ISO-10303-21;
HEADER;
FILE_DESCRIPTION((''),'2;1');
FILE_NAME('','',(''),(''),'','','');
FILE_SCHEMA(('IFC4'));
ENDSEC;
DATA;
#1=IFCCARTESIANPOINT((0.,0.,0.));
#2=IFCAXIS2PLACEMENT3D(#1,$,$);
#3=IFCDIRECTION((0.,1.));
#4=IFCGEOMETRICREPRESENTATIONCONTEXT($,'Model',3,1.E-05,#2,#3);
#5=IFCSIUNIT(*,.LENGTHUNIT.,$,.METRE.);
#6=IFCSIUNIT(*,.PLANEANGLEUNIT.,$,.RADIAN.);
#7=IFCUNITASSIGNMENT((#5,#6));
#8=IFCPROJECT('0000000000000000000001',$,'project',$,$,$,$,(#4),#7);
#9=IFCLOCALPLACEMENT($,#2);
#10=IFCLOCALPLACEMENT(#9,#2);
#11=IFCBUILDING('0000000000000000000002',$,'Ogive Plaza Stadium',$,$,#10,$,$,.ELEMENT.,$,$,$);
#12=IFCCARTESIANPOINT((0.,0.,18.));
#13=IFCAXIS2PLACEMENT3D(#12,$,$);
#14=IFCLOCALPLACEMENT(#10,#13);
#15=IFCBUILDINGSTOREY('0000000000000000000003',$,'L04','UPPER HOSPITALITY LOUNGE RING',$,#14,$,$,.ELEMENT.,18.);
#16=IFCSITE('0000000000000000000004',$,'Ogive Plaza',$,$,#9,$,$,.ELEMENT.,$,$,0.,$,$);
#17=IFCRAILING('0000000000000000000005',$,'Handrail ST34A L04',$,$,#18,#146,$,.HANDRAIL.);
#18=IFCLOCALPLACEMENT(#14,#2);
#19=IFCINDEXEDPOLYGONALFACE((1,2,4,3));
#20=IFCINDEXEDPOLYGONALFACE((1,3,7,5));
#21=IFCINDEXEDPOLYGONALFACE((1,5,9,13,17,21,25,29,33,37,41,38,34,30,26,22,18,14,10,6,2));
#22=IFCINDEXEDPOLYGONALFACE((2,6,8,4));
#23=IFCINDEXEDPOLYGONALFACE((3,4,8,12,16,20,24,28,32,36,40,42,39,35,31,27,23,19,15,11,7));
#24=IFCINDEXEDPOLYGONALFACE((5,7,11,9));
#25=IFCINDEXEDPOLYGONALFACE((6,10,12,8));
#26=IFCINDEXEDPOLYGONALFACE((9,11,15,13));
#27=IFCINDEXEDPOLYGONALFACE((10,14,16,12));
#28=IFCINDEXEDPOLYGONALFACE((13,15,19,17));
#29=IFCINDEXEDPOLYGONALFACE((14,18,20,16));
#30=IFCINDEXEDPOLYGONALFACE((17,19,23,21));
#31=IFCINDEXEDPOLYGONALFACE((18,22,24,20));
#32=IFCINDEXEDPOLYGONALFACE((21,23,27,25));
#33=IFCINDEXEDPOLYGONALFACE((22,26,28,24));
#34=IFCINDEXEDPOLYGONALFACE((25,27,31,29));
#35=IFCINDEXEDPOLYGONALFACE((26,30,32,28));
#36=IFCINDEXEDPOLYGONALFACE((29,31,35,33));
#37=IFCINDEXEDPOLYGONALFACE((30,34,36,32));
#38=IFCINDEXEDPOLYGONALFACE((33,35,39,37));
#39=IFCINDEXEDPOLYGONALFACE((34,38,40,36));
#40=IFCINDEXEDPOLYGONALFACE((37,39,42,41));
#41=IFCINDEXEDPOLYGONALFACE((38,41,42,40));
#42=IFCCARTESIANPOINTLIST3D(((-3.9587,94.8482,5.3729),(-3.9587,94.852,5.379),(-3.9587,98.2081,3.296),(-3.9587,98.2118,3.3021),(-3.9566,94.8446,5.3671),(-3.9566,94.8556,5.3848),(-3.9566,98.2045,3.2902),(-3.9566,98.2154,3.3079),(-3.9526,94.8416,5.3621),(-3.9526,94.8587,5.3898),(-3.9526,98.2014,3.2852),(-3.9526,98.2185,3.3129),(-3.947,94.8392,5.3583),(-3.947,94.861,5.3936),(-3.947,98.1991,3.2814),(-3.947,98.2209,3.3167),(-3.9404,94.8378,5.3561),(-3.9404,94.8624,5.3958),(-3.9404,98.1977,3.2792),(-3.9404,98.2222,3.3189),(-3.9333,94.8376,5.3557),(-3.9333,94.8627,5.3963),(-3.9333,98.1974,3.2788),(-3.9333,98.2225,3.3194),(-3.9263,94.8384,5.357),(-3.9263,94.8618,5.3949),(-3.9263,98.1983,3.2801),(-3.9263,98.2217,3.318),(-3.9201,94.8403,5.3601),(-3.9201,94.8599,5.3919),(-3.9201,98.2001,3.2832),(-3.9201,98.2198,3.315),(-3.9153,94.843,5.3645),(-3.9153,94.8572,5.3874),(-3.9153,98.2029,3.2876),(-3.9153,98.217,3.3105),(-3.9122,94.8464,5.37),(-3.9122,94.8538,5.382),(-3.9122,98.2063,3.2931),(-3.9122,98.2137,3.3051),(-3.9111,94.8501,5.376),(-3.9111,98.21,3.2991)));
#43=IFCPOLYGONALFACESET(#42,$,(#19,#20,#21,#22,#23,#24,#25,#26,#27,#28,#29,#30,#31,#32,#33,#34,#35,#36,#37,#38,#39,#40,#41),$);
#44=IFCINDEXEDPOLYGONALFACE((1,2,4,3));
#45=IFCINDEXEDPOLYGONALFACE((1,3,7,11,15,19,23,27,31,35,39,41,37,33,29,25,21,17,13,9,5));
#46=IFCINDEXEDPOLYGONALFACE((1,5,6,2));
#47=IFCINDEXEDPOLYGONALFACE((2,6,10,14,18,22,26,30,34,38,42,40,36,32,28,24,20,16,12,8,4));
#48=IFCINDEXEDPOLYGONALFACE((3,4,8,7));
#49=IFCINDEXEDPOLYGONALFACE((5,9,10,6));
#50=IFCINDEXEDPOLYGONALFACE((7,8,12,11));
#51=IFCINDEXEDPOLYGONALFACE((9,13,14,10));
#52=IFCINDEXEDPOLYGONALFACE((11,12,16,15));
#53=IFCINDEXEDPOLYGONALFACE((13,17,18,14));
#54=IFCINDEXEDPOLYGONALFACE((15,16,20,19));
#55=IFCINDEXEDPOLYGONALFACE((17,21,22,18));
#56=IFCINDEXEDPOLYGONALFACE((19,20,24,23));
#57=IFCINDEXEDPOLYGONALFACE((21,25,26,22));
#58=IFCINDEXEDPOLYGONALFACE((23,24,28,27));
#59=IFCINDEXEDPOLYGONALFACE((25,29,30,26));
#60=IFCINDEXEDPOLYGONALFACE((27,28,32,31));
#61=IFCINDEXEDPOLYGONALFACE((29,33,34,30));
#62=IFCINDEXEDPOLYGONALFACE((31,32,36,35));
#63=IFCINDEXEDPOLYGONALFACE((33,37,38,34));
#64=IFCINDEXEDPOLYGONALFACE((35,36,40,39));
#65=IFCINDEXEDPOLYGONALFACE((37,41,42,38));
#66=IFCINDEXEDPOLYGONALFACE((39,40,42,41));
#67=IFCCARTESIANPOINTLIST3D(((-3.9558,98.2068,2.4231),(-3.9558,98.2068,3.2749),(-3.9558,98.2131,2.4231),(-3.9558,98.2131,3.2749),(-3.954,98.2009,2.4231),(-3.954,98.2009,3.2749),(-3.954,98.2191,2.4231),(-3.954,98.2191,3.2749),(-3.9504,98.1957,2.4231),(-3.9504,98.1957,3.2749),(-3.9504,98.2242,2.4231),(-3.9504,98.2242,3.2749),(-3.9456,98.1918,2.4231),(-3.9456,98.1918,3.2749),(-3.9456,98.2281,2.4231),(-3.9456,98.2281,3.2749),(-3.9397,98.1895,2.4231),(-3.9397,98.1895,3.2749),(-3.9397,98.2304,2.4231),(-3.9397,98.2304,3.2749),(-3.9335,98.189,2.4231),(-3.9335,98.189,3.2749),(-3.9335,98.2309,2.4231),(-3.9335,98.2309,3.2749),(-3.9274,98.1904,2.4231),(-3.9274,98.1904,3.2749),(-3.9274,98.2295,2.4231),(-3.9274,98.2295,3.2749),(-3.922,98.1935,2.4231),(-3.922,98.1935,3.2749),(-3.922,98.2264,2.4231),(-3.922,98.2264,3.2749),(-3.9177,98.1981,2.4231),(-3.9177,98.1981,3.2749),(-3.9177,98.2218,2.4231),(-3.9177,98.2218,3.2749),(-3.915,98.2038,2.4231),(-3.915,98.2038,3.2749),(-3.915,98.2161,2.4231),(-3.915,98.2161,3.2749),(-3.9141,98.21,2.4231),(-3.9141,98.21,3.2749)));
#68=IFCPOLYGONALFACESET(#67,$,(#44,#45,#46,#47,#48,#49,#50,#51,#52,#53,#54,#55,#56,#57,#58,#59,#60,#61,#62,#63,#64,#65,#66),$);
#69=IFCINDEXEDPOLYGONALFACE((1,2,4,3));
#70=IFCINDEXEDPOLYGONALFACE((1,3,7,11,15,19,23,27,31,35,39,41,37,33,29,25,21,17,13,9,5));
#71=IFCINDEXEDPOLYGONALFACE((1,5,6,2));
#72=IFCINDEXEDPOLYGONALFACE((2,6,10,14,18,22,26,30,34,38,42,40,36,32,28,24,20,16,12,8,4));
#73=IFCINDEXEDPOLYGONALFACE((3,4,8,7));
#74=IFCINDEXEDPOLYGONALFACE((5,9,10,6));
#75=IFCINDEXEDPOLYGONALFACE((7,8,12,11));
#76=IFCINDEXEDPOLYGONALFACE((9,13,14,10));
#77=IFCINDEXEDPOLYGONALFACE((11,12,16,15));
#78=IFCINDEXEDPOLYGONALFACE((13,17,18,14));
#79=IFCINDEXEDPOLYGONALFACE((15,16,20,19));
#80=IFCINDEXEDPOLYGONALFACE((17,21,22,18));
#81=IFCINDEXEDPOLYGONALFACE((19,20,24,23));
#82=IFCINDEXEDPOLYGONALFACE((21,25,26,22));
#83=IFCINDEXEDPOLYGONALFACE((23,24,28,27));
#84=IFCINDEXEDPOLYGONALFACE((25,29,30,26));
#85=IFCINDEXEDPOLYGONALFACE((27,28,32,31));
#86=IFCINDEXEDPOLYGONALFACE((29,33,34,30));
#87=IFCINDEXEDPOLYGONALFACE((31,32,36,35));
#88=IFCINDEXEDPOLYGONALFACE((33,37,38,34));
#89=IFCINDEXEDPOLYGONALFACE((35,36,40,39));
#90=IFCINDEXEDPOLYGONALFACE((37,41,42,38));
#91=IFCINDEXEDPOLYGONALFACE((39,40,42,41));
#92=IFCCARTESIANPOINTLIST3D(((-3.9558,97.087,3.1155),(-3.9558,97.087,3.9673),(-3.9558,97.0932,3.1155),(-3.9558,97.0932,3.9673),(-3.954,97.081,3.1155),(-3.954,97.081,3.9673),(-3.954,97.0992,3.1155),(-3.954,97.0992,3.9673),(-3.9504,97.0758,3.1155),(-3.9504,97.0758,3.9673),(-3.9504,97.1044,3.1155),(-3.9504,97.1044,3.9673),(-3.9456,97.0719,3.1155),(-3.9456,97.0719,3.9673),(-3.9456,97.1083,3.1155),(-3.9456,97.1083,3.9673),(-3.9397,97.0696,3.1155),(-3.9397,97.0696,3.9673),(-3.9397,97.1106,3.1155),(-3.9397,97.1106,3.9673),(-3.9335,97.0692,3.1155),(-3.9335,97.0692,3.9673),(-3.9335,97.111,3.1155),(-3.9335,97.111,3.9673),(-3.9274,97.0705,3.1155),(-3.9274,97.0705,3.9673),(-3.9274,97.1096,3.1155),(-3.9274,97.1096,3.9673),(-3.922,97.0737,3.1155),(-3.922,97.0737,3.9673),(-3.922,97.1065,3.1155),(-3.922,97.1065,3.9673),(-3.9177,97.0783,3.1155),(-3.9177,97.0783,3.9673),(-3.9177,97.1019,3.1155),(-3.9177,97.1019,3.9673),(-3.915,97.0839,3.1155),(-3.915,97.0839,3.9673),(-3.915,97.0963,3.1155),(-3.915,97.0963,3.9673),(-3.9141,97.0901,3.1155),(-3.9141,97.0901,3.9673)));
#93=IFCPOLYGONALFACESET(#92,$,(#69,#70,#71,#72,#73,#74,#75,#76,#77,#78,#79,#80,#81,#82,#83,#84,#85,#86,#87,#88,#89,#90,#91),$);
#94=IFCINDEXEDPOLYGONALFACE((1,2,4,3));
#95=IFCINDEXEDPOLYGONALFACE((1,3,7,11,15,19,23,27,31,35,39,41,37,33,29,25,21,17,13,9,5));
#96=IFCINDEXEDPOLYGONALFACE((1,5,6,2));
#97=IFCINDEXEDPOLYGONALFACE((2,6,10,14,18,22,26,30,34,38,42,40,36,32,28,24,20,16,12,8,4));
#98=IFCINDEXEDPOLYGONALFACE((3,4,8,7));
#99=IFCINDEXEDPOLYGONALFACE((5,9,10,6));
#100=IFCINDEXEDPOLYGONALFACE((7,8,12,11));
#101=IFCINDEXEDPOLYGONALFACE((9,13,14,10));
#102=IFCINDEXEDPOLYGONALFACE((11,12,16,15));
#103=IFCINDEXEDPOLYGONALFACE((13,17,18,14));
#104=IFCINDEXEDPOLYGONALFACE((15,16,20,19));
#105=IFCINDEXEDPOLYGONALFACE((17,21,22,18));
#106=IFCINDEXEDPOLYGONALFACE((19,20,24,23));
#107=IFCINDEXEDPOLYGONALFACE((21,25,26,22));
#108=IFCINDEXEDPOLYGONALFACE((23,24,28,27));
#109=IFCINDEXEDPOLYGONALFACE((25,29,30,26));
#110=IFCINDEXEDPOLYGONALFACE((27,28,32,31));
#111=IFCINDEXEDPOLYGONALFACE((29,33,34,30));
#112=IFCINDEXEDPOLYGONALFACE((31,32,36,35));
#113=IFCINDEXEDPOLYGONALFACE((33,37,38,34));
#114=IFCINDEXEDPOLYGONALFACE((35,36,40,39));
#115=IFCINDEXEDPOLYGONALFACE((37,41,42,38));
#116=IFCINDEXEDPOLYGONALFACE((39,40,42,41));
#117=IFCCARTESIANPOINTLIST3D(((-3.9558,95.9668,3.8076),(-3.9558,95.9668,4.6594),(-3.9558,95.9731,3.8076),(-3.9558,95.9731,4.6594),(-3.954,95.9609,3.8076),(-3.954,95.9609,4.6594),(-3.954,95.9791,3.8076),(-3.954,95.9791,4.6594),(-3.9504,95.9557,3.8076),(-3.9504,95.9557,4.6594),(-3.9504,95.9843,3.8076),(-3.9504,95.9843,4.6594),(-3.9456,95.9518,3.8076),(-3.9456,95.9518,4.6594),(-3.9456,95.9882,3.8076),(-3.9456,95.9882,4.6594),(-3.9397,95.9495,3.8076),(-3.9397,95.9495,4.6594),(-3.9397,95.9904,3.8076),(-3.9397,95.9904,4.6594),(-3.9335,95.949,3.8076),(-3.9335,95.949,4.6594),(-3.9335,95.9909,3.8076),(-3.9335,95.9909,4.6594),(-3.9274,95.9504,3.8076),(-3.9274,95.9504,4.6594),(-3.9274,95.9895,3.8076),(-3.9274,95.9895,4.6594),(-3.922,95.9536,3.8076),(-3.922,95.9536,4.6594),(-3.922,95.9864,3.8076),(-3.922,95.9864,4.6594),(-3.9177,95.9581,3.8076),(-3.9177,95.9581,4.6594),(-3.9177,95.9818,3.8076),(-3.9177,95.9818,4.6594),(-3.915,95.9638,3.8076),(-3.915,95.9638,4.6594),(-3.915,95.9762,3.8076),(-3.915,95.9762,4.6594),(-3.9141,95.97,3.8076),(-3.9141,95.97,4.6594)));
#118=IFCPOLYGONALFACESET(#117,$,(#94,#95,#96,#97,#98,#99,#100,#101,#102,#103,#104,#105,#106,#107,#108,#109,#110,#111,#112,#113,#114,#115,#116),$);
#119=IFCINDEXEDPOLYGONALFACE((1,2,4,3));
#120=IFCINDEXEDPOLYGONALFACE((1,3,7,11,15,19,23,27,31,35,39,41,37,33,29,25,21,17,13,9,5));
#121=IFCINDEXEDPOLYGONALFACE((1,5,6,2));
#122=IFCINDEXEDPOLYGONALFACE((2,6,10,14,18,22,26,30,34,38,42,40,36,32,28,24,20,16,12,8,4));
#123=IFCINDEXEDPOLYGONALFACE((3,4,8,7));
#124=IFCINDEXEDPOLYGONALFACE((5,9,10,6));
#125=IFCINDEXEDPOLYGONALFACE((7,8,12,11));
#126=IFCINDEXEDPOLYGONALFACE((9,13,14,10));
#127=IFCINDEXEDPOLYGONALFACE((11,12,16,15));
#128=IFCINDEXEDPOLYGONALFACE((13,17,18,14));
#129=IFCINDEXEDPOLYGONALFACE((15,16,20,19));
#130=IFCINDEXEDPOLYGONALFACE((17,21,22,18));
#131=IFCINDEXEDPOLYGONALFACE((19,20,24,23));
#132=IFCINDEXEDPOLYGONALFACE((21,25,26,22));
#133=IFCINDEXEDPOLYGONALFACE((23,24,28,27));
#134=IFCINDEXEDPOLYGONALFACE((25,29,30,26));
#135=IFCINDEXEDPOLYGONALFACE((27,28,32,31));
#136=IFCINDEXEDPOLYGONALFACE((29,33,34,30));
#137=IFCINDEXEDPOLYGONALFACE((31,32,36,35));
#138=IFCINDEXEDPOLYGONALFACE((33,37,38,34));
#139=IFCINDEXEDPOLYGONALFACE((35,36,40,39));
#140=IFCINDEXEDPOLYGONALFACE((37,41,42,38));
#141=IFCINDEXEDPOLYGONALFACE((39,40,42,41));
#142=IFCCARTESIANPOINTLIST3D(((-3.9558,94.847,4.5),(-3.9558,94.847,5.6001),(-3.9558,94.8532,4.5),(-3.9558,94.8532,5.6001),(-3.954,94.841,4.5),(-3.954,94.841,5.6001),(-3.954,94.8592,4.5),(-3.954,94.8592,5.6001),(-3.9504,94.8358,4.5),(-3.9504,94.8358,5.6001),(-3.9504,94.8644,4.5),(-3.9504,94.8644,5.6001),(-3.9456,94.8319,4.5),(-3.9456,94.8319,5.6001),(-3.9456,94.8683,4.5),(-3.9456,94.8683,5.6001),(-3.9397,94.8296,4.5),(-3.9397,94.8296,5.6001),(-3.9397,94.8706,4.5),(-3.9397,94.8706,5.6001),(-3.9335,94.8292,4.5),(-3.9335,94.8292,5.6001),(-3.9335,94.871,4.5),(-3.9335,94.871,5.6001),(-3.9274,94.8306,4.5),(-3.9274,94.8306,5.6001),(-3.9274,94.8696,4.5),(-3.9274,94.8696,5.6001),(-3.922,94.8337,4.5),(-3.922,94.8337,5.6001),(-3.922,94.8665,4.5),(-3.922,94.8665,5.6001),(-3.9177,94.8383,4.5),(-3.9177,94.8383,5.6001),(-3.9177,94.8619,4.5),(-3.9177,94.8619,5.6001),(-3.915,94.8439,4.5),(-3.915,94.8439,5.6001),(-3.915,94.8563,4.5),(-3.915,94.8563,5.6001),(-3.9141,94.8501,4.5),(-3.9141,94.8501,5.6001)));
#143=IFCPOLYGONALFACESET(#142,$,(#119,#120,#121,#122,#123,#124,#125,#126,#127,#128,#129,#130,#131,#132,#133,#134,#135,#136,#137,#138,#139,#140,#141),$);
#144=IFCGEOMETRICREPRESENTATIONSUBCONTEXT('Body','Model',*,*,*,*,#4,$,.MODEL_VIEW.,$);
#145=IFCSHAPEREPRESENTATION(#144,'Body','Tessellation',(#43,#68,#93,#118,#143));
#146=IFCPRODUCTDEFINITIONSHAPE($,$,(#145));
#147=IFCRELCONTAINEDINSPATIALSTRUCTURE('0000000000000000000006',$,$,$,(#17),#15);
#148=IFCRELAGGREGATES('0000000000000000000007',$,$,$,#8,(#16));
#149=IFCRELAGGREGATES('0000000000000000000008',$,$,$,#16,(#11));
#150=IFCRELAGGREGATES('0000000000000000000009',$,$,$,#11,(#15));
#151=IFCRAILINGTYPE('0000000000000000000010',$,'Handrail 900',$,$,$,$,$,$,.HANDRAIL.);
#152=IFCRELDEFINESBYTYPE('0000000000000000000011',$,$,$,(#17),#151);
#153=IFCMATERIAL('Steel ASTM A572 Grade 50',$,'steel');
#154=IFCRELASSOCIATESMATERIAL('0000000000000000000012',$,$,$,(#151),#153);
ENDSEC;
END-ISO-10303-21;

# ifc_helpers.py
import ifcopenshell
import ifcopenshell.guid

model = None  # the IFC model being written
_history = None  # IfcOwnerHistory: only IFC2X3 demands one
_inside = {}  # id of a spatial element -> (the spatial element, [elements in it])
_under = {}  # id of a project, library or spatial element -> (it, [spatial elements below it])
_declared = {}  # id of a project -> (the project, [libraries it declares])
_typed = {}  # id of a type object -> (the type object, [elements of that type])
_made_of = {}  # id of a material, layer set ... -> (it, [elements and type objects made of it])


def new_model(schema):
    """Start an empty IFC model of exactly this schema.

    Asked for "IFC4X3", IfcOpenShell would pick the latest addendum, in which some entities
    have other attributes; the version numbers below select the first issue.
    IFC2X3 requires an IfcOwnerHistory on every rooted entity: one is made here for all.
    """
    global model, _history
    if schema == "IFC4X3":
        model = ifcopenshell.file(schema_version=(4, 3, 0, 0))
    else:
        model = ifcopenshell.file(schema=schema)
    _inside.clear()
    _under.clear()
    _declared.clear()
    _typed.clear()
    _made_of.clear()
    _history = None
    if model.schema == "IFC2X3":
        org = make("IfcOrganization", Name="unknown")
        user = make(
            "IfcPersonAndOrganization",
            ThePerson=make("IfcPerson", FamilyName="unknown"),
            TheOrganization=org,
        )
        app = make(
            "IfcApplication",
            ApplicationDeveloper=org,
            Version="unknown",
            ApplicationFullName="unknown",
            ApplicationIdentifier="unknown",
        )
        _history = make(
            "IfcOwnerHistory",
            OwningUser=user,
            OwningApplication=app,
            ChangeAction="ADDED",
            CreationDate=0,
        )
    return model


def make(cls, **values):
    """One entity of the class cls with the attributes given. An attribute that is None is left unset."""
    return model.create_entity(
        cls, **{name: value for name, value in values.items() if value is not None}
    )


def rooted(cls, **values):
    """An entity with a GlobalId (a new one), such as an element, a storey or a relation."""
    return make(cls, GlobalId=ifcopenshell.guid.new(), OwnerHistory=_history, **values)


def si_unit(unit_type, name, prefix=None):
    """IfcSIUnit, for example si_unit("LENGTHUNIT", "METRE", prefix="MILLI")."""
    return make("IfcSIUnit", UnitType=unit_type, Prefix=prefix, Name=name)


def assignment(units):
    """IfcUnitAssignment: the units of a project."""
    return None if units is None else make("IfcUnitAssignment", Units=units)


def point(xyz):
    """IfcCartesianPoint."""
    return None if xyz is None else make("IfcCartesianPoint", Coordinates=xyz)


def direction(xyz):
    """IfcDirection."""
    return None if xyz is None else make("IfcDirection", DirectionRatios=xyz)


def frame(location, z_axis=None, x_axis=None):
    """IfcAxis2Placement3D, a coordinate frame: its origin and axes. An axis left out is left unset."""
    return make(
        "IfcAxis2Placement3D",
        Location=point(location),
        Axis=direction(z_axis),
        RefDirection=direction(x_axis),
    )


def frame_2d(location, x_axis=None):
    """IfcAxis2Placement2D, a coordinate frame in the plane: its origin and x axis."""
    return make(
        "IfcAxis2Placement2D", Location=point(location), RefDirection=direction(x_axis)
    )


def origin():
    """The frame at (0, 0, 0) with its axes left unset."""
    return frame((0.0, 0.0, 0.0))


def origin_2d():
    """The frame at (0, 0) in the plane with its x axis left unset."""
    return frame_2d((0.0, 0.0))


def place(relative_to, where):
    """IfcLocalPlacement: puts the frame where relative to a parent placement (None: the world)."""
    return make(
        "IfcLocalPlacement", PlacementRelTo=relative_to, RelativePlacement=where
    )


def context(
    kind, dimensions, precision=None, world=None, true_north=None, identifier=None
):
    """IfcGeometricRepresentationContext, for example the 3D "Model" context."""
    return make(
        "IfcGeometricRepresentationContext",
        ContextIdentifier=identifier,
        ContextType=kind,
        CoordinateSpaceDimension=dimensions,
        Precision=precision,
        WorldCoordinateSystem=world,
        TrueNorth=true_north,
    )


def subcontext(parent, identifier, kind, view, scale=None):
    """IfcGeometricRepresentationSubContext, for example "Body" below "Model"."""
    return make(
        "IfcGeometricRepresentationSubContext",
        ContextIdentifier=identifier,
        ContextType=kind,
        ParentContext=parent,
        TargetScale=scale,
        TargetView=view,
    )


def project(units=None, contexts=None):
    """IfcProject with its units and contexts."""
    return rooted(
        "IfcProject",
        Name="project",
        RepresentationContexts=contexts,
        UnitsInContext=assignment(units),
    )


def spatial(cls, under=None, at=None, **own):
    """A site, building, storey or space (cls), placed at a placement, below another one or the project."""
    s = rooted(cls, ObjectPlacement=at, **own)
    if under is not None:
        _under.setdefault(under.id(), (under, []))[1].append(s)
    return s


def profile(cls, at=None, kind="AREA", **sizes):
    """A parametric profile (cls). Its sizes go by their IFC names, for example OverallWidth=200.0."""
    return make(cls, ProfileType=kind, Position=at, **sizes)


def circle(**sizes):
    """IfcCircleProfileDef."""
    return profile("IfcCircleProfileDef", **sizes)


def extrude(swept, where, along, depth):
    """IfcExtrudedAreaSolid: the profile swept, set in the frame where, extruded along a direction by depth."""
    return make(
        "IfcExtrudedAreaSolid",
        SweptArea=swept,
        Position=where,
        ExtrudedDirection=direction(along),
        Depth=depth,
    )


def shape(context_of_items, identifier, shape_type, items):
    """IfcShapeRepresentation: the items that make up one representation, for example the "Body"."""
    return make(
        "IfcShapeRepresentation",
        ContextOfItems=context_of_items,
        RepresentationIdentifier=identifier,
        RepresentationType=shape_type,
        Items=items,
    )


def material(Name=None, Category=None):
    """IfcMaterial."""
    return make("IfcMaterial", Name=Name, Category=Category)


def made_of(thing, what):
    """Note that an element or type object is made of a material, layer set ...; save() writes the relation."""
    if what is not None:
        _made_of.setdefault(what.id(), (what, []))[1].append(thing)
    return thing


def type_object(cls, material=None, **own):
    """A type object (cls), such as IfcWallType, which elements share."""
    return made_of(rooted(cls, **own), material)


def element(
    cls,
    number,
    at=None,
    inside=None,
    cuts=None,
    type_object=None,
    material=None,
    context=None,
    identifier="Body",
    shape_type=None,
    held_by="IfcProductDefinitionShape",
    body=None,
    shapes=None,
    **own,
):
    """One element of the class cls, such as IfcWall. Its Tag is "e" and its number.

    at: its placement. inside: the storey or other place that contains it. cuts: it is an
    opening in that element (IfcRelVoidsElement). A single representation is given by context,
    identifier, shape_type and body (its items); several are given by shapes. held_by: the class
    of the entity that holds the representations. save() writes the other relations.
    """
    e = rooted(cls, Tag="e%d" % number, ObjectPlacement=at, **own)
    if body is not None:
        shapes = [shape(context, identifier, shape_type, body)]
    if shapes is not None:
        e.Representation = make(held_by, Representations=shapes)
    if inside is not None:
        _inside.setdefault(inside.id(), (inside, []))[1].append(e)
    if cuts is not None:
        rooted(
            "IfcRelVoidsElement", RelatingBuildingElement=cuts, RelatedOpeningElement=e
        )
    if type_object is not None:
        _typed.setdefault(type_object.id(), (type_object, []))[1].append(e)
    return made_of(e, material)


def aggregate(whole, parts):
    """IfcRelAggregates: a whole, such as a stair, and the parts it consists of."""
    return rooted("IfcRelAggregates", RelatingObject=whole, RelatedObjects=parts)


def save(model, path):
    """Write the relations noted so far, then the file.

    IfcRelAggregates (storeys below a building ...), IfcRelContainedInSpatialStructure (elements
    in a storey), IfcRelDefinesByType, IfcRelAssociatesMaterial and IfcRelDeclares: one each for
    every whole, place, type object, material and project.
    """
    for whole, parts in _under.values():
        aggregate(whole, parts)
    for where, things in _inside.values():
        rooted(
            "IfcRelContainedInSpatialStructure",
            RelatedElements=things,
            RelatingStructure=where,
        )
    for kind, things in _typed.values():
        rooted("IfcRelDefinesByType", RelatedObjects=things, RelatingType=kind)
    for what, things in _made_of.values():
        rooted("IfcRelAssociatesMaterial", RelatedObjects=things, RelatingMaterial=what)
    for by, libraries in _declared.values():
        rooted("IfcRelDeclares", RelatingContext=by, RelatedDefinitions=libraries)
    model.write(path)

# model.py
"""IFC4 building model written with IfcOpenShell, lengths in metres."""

from ifc_helpers import new_model, si_unit, direction, frame, origin, origin_2d, place, context, subcontext, project, spatial, circle, extrude, material, type_object, element, save


model = new_model("IFC4")

# Units and contexts
model_context = context("Model", 3, precision=1e-05, world=origin(), true_north=direction((0.0, 1.0)))
body_context = subcontext(model_context, "Body", "Model", "MODEL_VIEW")
ifc_project = project(units=[si_unit("LENGTHUNIT", "METRE"), si_unit("PLANEANGLEUNIT", "RADIAN")], contexts=[model_context])

# Site, building, storey
site_placement = place(None, origin())
site = spatial("IfcSite", under=ifc_project, at=site_placement, Name="Ogive Plaza", CompositionType="ELEMENT", RefElevation=0.0)
building_placement = place(site_placement, origin())
building = spatial("IfcBuilding", under=site, at=building_placement, Name="Ogive Plaza Stadium", CompositionType="ELEMENT")
storey_placement = place(building_placement, frame((0.0, 0.0, 18.0)))
storey = spatial("IfcBuildingStorey", under=building, at=storey_placement, Name="L04", Description="UPPER HOSPITALITY LOUNGE RING", CompositionType="ELEMENT", Elevation=18.0)

# Railing
ifc_material_1 = material(Name="Steel ASTM A572 Grade 50", Category="steel")
railing_type_1 = type_object("IfcRailingType", Name="Handrail 900", PredefinedType="HANDRAIL", material=ifc_material_1)
for number, where, name in (
    (1, (-3.9351, 98.21, 2.4231), "Handrail ST34A L04"),
):
    element("IfcRailing", number, at=place(storey_placement, frame(where)), inside=storey, type_object=railing_type_1, Name=name, PredefinedType="HANDRAIL", context=body_context, shape_type="SweptSolid", body=[
        extrude(circle(Radius=0.0239, at=origin_2d()), frame((0.0, 0.0, 0.876), z_axis=(0.0, -0.850606, 0.525803), x_axis=(1.0, 0.0, 0.0)), (0.0, 0.0, 1.0), 3.95),
        extrude(circle(Radius=0.021, at=origin_2d()), origin(), (0.0, 0.0, 1.0), 0.8518),
        extrude(circle(Radius=0.021, at=origin_2d()), frame((0.0, -1.1199, 0.6924)), (0.0, 0.0, 1.0), 0.8518),
        extrude(circle(Radius=0.021, at=origin_2d()), frame((0.0, -2.24, 1.3845)), (0.0, 0.0, 1.0), 0.8518),
        extrude(circle(Radius=0.021, at=origin_2d()), frame((0.0, -3.3599, 2.0769)), (0.0, 0.0, 1.0), 1.1001),
    ])

save(model, "model.ifc")
